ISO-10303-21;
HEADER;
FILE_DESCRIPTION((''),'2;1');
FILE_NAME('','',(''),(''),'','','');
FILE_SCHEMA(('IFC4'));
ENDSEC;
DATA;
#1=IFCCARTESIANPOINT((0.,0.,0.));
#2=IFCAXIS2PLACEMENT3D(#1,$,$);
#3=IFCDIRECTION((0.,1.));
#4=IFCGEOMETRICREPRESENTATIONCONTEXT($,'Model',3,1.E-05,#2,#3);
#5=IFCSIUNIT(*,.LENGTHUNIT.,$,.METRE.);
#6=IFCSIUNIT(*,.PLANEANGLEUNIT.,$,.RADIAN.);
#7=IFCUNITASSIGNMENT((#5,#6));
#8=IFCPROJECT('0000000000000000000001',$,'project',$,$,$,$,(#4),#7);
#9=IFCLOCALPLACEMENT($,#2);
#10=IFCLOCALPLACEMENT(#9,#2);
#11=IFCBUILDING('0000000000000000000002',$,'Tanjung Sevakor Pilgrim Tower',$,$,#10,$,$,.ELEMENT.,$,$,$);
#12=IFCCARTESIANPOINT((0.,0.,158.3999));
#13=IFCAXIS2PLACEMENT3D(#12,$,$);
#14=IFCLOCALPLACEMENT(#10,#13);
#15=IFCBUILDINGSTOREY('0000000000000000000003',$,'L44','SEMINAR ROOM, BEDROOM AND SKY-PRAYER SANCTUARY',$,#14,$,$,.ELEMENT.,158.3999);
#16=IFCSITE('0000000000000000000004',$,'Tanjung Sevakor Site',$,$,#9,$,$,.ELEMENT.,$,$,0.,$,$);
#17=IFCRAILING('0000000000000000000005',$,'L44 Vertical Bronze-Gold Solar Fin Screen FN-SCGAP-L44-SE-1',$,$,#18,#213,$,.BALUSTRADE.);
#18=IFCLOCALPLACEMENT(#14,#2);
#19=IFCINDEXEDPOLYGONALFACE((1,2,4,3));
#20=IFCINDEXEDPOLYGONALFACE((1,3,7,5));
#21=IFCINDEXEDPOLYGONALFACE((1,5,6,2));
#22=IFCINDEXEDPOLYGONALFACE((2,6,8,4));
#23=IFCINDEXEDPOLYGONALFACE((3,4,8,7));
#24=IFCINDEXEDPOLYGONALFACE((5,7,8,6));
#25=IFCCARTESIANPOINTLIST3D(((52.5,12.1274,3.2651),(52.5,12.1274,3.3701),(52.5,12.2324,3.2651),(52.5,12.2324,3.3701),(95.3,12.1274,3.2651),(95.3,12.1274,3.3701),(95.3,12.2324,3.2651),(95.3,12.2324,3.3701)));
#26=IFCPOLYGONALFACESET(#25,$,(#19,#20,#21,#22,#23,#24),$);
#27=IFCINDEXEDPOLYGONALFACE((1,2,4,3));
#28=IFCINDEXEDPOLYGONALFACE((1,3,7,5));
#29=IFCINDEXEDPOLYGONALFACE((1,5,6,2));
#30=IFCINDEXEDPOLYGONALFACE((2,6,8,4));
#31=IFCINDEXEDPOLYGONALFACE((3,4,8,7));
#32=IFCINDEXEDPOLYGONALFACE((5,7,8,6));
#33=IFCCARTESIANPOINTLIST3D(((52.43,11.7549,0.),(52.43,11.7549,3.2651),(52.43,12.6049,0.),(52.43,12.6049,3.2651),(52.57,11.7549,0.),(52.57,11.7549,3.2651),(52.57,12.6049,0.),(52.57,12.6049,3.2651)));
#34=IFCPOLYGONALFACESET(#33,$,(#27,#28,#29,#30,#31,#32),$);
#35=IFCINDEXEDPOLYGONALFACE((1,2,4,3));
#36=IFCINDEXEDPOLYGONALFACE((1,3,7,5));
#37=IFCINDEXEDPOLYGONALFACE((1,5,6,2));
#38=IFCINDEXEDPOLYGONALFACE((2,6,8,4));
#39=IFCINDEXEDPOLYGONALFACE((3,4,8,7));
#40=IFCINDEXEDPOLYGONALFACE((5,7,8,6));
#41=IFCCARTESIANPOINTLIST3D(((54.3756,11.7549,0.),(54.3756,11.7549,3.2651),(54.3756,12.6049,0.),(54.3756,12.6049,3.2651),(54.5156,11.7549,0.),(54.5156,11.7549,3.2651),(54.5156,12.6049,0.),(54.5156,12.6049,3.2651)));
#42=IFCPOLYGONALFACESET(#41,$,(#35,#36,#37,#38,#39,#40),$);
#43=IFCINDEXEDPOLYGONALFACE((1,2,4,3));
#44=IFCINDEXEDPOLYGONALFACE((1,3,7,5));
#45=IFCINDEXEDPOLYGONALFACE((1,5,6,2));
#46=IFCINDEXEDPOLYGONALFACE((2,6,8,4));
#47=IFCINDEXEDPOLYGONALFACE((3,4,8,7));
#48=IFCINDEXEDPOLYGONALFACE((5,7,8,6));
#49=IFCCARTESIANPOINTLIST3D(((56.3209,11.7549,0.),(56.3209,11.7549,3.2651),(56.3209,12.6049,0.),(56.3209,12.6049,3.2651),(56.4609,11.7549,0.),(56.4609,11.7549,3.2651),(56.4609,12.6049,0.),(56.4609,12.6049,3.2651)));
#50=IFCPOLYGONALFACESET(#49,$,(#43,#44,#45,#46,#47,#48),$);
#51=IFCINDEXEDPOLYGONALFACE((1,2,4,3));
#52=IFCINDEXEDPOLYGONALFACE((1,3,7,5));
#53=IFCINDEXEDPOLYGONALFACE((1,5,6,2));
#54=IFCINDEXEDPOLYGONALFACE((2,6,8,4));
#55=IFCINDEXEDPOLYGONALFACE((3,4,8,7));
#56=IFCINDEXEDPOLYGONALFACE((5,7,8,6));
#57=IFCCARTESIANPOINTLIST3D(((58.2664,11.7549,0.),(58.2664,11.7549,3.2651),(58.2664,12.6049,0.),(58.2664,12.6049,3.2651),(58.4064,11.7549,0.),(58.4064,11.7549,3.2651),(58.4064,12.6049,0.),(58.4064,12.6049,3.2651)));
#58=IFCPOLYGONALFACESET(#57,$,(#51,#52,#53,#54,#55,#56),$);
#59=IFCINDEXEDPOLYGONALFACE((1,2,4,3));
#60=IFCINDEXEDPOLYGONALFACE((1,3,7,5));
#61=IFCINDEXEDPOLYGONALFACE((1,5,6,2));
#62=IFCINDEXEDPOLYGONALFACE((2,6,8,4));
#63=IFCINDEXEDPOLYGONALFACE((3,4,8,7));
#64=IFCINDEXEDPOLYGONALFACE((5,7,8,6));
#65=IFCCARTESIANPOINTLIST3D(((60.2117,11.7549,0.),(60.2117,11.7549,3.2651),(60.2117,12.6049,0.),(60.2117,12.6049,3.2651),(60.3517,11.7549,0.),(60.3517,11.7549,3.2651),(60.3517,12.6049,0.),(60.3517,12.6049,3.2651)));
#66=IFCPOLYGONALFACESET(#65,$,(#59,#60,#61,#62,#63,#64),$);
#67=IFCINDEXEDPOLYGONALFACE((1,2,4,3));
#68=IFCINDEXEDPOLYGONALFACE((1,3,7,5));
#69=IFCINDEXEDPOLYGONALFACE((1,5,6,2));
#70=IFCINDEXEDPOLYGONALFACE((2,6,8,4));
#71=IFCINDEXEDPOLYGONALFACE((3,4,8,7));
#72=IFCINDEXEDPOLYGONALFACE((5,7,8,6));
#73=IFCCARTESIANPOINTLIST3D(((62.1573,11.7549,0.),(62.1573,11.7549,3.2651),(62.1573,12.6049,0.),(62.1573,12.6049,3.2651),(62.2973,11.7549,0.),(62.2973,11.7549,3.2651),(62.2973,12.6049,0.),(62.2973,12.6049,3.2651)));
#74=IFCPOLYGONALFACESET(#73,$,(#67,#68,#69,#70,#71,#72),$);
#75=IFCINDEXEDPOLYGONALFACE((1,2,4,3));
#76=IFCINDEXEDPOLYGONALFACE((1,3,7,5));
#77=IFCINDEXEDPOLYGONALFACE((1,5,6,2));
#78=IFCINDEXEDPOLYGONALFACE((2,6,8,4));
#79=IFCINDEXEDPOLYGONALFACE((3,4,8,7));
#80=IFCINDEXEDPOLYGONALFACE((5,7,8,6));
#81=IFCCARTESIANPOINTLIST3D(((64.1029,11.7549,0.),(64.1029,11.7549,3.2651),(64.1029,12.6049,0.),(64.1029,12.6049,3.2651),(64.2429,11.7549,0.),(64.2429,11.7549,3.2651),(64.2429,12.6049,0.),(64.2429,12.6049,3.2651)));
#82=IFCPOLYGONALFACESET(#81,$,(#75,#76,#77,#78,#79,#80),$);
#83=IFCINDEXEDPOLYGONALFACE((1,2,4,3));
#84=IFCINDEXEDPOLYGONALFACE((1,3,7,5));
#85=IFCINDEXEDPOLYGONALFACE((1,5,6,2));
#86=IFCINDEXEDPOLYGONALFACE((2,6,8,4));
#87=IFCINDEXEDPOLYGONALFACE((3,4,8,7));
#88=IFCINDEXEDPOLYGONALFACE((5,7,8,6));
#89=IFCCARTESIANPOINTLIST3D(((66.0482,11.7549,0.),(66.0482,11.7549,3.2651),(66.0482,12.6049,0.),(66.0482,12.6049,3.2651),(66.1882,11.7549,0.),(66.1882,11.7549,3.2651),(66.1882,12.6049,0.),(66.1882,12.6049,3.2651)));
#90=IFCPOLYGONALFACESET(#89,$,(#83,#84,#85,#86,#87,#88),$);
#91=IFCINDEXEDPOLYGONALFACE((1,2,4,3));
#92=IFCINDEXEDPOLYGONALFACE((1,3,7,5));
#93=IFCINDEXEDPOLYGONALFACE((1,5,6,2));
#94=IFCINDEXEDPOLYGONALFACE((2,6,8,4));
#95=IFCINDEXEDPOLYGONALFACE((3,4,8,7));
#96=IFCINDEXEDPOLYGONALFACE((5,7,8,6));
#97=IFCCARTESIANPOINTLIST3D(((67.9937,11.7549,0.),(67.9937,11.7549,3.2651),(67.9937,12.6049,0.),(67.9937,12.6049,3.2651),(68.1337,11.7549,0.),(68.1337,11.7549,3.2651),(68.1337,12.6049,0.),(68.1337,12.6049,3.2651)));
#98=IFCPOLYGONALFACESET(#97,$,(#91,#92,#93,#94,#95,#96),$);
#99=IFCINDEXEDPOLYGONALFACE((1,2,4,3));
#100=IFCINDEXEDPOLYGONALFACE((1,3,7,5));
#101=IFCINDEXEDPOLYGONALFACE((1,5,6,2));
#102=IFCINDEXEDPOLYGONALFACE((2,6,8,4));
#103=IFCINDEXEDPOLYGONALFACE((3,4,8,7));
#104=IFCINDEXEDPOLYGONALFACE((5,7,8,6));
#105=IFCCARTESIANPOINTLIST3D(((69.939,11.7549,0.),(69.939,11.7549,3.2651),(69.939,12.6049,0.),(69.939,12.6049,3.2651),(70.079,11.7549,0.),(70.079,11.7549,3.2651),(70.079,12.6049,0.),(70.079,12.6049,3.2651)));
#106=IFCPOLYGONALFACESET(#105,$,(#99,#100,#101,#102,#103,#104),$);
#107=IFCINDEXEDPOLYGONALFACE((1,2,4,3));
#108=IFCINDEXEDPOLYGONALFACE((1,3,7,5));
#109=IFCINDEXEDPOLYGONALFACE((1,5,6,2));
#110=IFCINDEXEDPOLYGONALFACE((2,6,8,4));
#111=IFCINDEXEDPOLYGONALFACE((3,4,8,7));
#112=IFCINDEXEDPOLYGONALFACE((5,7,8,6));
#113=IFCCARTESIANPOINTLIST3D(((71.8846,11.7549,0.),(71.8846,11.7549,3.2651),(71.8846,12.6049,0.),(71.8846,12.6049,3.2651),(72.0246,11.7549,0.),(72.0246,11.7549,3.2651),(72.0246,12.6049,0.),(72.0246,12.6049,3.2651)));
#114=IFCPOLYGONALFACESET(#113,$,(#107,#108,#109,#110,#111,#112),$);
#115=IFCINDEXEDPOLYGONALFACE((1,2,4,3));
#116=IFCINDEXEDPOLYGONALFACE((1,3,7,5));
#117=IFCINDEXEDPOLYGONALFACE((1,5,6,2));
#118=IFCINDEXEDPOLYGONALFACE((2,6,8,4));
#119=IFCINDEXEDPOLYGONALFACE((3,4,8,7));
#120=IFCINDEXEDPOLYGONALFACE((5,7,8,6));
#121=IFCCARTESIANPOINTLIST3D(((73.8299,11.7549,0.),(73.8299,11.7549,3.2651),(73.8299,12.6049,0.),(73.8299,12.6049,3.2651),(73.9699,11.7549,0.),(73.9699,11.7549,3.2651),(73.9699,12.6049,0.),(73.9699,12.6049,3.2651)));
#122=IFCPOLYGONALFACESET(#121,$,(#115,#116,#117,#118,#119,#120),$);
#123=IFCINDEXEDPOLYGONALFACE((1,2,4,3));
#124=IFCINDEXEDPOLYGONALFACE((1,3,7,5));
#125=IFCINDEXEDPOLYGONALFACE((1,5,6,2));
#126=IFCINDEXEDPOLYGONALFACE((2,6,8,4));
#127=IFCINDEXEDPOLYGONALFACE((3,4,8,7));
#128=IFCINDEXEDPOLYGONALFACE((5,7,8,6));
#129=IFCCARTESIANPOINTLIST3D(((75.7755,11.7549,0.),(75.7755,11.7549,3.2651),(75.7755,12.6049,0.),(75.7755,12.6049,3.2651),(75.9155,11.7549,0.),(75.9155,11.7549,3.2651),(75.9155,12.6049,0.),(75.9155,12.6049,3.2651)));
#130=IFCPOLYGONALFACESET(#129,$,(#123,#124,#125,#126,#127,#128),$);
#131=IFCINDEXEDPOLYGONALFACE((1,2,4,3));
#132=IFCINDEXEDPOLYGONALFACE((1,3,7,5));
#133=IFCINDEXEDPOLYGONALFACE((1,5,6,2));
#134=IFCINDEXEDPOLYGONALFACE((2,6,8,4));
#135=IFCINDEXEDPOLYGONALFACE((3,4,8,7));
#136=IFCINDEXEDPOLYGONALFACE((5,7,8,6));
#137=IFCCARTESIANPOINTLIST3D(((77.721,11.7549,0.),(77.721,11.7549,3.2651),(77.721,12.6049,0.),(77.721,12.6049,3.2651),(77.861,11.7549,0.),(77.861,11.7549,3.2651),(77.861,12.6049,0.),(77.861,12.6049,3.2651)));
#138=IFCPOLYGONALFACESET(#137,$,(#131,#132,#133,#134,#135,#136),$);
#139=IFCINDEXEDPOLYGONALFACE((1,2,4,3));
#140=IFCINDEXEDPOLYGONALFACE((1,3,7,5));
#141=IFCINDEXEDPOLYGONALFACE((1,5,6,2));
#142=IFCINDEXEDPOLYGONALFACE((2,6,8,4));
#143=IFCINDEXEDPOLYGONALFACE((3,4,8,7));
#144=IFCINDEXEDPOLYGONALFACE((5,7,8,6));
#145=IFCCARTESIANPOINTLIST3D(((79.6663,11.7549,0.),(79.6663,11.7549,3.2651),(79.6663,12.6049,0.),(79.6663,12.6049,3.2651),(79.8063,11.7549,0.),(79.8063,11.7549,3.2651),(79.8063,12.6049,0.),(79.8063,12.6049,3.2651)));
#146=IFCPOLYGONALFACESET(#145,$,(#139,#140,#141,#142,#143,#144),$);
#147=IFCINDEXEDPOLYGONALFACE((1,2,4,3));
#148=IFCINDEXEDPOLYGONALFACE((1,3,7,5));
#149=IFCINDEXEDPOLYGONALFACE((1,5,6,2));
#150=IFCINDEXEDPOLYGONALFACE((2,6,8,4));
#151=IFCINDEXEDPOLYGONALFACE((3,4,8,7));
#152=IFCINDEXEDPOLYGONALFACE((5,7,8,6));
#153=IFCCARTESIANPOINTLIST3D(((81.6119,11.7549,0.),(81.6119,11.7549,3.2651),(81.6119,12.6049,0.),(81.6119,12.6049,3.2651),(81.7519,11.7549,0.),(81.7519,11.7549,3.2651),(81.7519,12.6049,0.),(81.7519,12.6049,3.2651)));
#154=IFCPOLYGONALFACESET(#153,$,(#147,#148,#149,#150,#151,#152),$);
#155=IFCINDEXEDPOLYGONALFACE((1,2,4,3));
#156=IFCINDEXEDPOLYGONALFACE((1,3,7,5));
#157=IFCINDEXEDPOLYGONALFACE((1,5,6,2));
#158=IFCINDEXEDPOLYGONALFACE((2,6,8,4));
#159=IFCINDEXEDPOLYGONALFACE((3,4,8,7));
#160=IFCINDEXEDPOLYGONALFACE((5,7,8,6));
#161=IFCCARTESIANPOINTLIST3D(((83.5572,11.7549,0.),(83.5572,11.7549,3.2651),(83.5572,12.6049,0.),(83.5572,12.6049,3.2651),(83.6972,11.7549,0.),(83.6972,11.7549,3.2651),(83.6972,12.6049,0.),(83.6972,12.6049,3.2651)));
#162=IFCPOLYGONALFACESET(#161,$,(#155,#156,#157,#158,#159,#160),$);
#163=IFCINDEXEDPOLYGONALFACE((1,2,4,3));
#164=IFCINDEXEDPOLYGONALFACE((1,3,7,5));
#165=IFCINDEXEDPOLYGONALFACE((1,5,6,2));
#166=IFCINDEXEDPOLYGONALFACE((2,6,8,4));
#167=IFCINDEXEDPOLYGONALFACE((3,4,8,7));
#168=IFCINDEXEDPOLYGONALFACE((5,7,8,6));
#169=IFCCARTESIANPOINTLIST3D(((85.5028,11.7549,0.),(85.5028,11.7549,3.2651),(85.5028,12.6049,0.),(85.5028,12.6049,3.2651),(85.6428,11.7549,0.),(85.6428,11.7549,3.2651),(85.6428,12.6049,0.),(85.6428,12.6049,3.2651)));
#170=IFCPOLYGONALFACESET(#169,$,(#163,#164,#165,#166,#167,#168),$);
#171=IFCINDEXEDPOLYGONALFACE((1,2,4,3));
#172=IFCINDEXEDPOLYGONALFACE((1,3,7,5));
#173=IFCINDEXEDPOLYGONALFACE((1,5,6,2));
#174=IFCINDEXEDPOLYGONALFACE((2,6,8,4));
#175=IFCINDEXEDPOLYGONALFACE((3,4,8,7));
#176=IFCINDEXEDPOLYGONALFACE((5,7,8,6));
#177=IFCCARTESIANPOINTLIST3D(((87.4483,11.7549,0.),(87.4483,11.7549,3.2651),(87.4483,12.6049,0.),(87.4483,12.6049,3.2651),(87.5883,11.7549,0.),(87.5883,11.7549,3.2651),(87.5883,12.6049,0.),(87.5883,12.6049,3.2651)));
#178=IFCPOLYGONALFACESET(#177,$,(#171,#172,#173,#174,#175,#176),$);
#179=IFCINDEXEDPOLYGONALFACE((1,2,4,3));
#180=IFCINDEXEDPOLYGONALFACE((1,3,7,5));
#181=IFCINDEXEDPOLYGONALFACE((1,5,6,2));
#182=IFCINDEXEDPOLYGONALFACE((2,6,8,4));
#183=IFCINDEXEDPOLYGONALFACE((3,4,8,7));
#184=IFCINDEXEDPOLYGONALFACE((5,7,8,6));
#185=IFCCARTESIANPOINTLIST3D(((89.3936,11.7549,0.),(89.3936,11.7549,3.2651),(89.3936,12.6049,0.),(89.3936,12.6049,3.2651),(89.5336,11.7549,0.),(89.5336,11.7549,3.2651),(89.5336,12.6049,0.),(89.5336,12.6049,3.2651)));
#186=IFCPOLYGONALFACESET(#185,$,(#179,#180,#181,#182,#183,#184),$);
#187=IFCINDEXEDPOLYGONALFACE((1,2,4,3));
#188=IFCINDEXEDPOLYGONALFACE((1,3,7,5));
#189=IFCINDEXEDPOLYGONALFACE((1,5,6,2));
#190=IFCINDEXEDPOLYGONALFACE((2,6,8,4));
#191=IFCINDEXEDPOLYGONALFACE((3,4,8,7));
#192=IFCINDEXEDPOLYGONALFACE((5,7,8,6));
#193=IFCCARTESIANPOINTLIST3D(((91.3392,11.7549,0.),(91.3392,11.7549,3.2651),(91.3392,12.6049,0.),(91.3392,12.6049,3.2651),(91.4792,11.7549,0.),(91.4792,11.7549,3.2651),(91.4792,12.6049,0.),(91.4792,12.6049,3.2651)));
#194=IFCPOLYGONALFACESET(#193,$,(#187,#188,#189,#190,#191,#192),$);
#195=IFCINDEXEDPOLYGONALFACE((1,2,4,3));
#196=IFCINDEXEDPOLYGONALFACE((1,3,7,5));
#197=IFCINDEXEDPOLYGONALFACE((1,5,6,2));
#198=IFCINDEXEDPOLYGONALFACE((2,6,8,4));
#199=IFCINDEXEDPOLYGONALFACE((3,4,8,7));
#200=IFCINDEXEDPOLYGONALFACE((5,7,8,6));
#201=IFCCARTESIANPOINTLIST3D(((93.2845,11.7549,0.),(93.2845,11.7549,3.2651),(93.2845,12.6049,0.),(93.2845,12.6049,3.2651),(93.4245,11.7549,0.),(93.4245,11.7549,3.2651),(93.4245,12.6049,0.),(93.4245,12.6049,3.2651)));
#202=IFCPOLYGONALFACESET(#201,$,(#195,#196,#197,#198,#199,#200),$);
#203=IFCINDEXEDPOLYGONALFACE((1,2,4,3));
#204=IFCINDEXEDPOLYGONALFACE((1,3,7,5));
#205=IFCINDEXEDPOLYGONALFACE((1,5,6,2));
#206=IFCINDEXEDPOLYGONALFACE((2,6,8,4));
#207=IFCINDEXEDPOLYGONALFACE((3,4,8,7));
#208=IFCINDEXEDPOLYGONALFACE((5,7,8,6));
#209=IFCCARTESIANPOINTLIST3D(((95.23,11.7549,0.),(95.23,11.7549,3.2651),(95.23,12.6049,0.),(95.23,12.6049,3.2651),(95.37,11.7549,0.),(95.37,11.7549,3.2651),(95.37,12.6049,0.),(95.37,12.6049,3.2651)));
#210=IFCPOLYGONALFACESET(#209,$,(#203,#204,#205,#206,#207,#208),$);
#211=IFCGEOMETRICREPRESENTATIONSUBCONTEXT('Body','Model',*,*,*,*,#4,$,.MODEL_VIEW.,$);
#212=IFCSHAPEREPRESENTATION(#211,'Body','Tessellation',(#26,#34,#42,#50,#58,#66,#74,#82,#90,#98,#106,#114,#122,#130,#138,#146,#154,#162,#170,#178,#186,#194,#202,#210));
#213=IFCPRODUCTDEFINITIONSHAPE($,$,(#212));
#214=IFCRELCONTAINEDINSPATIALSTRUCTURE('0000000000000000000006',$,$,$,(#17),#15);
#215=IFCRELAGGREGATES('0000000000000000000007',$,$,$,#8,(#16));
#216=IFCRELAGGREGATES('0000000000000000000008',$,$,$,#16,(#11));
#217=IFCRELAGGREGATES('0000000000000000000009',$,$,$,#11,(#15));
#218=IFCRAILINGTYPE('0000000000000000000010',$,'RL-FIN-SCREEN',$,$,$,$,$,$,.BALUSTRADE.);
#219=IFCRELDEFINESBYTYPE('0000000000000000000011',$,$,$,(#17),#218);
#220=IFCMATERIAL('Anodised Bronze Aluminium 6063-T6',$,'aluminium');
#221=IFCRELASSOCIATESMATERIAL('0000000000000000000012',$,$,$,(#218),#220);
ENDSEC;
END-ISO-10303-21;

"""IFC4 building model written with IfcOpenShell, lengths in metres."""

from ifc_helpers import new_model, si_unit, direction, frame, origin, place, context, subcontext, project, spatial, rectangle, extrude, material, type_object, element, save


model = new_model("IFC4")

# Units and contexts
model_context = context("Model", 3, precision=1e-05, world=origin(), true_north=direction((0.0, 1.0)))
body_context = subcontext(model_context, "Body", "Model", "MODEL_VIEW")
ifc_project = project(units=[si_unit("LENGTHUNIT", "METRE"), si_unit("PLANEANGLEUNIT", "RADIAN")], contexts=[model_context])

# Site, building, storey
site_placement = place(None, origin())
site = spatial("IfcSite", under=ifc_project, at=site_placement, Name="Tanjung Sevakor Site", CompositionType="ELEMENT", RefElevation=0.0)
building_placement = place(site_placement, origin())
building = spatial("IfcBuilding", under=site, at=building_placement, Name="Tanjung Sevakor Pilgrim Tower", CompositionType="ELEMENT")
storey_placement = place(building_placement, frame((0.0, 0.0, 158.3999)))
storey = spatial("IfcBuildingStorey", under=building, at=storey_placement, Name="L44", Description="SEMINAR ROOM, BEDROOM AND SKY-PRAYER SANCTUARY", CompositionType="ELEMENT", Elevation=158.3999)

# Railing
ifc_material_1 = material(Name="Anodised Bronze Aluminium 6063-T6", Category="aluminium")
railing_type_1 = type_object("IfcRailingType", Name="RL-FIN-SCREEN", PredefinedType="BALUSTRADE", material=ifc_material_1)
railing_1_placement = place(storey_placement, frame((52.5, 12.1799, 0.0)))
element("IfcRailing", 1, at=railing_1_placement, inside=storey, type_object=railing_type_1, Name="L44 Vertical Bronze-Gold Solar Fin Screen FN-SCGAP-L44-SE-1", PredefinedType="BALUSTRADE", context=body_context, shape_type="SweptSolid", body=[
    extrude(rectangle(XDim=0.105, YDim=0.105), frame((0.0, 0.0, 3.3176), z_axis=(1.0, 0.0, 0.0), x_axis=(0.0, 1.0, 0.0)), (0.0, 0.0, 1.0), 42.8),
    extrude(rectangle(XDim=0.14, YDim=0.85), origin(), (0.0, 0.0, 1.0), 3.2651),
    extrude(rectangle(XDim=0.14, YDim=0.85), frame((1.9456, 0.0, 0.0)), (0.0, 0.0, 1.0), 3.2651),
    extrude(rectangle(XDim=0.14, YDim=0.85), frame((3.8909, 0.0, 0.0)), (0.0, 0.0, 1.0), 3.2651),
    extrude(rectangle(XDim=0.14, YDim=0.85), frame((5.8364, 0.0, 0.0)), (0.0, 0.0, 1.0), 3.2651),
    extrude(rectangle(XDim=0.14, YDim=0.85), frame((7.7817, 0.0, 0.0)), (0.0, 0.0, 1.0), 3.2651),
    extrude(rectangle(XDim=0.14, YDim=0.85), frame((9.7273, 0.0, 0.0)), (0.0, 0.0, 1.0), 3.2651),
    extrude(rectangle(XDim=0.14, YDim=0.85), frame((11.6729, 0.0, 0.0)), (0.0, 0.0, 1.0), 3.2651),
    extrude(rectangle(XDim=0.14, YDim=0.85), frame((13.6182, 0.0, 0.0)), (0.0, 0.0, 1.0), 3.2651),
    extrude(rectangle(XDim=0.14, YDim=0.85), frame((15.5637, 0.0, 0.0)), (0.0, 0.0, 1.0), 3.2651),
    extrude(rectangle(XDim=0.14, YDim=0.85), frame((17.509, 0.0, 0.0)), (0.0, 0.0, 1.0), 3.2651),
    extrude(rectangle(XDim=0.14, YDim=0.85), frame((19.4546, 0.0, 0.0)), (0.0, 0.0, 1.0), 3.2651),
    extrude(rectangle(XDim=0.14, YDim=0.85), frame((21.3999, 0.0, 0.0)), (0.0, 0.0, 1.0), 3.2651),
    extrude(rectangle(XDim=0.14, YDim=0.85), frame((23.3455, 0.0, 0.0)), (0.0, 0.0, 1.0), 3.2651),
    extrude(rectangle(XDim=0.14, YDim=0.85), frame((25.291, 0.0, 0.0)), (0.0, 0.0, 1.0), 3.2651),
    extrude(rectangle(XDim=0.14, YDim=0.85), frame((27.2363, 0.0, 0.0)), (0.0, 0.0, 1.0), 3.2651),
    extrude(rectangle(XDim=0.14, YDim=0.85), frame((29.1819, 0.0, 0.0)), (0.0, 0.0, 1.0), 3.2651),
    extrude(rectangle(XDim=0.14, YDim=0.85), frame((31.1272, 0.0, 0.0)), (0.0, 0.0, 1.0), 3.2651),
    extrude(rectangle(XDim=0.14, YDim=0.85), frame((33.0728, 0.0, 0.0)), (0.0, 0.0, 1.0), 3.2651),
    extrude(rectangle(XDim=0.14, YDim=0.85), frame((35.0183, 0.0, 0.0)), (0.0, 0.0, 1.0), 3.2651),
    extrude(rectangle(XDim=0.14, YDim=0.85), frame((36.9636, 0.0, 0.0)), (0.0, 0.0, 1.0), 3.2651),
    extrude(rectangle(XDim=0.14, YDim=0.85), frame((38.9092, 0.0, 0.0)), (0.0, 0.0, 1.0), 3.2651),
    extrude(rectangle(XDim=0.14, YDim=0.85), frame((40.8545, 0.0, 0.0)), (0.0, 0.0, 1.0), 3.2651),
    extrude(rectangle(XDim=0.14, YDim=0.85), frame((42.8, 0.0, 0.0)), (0.0, 0.0, 1.0), 3.2651),
])

save(model, "model.ifc")
